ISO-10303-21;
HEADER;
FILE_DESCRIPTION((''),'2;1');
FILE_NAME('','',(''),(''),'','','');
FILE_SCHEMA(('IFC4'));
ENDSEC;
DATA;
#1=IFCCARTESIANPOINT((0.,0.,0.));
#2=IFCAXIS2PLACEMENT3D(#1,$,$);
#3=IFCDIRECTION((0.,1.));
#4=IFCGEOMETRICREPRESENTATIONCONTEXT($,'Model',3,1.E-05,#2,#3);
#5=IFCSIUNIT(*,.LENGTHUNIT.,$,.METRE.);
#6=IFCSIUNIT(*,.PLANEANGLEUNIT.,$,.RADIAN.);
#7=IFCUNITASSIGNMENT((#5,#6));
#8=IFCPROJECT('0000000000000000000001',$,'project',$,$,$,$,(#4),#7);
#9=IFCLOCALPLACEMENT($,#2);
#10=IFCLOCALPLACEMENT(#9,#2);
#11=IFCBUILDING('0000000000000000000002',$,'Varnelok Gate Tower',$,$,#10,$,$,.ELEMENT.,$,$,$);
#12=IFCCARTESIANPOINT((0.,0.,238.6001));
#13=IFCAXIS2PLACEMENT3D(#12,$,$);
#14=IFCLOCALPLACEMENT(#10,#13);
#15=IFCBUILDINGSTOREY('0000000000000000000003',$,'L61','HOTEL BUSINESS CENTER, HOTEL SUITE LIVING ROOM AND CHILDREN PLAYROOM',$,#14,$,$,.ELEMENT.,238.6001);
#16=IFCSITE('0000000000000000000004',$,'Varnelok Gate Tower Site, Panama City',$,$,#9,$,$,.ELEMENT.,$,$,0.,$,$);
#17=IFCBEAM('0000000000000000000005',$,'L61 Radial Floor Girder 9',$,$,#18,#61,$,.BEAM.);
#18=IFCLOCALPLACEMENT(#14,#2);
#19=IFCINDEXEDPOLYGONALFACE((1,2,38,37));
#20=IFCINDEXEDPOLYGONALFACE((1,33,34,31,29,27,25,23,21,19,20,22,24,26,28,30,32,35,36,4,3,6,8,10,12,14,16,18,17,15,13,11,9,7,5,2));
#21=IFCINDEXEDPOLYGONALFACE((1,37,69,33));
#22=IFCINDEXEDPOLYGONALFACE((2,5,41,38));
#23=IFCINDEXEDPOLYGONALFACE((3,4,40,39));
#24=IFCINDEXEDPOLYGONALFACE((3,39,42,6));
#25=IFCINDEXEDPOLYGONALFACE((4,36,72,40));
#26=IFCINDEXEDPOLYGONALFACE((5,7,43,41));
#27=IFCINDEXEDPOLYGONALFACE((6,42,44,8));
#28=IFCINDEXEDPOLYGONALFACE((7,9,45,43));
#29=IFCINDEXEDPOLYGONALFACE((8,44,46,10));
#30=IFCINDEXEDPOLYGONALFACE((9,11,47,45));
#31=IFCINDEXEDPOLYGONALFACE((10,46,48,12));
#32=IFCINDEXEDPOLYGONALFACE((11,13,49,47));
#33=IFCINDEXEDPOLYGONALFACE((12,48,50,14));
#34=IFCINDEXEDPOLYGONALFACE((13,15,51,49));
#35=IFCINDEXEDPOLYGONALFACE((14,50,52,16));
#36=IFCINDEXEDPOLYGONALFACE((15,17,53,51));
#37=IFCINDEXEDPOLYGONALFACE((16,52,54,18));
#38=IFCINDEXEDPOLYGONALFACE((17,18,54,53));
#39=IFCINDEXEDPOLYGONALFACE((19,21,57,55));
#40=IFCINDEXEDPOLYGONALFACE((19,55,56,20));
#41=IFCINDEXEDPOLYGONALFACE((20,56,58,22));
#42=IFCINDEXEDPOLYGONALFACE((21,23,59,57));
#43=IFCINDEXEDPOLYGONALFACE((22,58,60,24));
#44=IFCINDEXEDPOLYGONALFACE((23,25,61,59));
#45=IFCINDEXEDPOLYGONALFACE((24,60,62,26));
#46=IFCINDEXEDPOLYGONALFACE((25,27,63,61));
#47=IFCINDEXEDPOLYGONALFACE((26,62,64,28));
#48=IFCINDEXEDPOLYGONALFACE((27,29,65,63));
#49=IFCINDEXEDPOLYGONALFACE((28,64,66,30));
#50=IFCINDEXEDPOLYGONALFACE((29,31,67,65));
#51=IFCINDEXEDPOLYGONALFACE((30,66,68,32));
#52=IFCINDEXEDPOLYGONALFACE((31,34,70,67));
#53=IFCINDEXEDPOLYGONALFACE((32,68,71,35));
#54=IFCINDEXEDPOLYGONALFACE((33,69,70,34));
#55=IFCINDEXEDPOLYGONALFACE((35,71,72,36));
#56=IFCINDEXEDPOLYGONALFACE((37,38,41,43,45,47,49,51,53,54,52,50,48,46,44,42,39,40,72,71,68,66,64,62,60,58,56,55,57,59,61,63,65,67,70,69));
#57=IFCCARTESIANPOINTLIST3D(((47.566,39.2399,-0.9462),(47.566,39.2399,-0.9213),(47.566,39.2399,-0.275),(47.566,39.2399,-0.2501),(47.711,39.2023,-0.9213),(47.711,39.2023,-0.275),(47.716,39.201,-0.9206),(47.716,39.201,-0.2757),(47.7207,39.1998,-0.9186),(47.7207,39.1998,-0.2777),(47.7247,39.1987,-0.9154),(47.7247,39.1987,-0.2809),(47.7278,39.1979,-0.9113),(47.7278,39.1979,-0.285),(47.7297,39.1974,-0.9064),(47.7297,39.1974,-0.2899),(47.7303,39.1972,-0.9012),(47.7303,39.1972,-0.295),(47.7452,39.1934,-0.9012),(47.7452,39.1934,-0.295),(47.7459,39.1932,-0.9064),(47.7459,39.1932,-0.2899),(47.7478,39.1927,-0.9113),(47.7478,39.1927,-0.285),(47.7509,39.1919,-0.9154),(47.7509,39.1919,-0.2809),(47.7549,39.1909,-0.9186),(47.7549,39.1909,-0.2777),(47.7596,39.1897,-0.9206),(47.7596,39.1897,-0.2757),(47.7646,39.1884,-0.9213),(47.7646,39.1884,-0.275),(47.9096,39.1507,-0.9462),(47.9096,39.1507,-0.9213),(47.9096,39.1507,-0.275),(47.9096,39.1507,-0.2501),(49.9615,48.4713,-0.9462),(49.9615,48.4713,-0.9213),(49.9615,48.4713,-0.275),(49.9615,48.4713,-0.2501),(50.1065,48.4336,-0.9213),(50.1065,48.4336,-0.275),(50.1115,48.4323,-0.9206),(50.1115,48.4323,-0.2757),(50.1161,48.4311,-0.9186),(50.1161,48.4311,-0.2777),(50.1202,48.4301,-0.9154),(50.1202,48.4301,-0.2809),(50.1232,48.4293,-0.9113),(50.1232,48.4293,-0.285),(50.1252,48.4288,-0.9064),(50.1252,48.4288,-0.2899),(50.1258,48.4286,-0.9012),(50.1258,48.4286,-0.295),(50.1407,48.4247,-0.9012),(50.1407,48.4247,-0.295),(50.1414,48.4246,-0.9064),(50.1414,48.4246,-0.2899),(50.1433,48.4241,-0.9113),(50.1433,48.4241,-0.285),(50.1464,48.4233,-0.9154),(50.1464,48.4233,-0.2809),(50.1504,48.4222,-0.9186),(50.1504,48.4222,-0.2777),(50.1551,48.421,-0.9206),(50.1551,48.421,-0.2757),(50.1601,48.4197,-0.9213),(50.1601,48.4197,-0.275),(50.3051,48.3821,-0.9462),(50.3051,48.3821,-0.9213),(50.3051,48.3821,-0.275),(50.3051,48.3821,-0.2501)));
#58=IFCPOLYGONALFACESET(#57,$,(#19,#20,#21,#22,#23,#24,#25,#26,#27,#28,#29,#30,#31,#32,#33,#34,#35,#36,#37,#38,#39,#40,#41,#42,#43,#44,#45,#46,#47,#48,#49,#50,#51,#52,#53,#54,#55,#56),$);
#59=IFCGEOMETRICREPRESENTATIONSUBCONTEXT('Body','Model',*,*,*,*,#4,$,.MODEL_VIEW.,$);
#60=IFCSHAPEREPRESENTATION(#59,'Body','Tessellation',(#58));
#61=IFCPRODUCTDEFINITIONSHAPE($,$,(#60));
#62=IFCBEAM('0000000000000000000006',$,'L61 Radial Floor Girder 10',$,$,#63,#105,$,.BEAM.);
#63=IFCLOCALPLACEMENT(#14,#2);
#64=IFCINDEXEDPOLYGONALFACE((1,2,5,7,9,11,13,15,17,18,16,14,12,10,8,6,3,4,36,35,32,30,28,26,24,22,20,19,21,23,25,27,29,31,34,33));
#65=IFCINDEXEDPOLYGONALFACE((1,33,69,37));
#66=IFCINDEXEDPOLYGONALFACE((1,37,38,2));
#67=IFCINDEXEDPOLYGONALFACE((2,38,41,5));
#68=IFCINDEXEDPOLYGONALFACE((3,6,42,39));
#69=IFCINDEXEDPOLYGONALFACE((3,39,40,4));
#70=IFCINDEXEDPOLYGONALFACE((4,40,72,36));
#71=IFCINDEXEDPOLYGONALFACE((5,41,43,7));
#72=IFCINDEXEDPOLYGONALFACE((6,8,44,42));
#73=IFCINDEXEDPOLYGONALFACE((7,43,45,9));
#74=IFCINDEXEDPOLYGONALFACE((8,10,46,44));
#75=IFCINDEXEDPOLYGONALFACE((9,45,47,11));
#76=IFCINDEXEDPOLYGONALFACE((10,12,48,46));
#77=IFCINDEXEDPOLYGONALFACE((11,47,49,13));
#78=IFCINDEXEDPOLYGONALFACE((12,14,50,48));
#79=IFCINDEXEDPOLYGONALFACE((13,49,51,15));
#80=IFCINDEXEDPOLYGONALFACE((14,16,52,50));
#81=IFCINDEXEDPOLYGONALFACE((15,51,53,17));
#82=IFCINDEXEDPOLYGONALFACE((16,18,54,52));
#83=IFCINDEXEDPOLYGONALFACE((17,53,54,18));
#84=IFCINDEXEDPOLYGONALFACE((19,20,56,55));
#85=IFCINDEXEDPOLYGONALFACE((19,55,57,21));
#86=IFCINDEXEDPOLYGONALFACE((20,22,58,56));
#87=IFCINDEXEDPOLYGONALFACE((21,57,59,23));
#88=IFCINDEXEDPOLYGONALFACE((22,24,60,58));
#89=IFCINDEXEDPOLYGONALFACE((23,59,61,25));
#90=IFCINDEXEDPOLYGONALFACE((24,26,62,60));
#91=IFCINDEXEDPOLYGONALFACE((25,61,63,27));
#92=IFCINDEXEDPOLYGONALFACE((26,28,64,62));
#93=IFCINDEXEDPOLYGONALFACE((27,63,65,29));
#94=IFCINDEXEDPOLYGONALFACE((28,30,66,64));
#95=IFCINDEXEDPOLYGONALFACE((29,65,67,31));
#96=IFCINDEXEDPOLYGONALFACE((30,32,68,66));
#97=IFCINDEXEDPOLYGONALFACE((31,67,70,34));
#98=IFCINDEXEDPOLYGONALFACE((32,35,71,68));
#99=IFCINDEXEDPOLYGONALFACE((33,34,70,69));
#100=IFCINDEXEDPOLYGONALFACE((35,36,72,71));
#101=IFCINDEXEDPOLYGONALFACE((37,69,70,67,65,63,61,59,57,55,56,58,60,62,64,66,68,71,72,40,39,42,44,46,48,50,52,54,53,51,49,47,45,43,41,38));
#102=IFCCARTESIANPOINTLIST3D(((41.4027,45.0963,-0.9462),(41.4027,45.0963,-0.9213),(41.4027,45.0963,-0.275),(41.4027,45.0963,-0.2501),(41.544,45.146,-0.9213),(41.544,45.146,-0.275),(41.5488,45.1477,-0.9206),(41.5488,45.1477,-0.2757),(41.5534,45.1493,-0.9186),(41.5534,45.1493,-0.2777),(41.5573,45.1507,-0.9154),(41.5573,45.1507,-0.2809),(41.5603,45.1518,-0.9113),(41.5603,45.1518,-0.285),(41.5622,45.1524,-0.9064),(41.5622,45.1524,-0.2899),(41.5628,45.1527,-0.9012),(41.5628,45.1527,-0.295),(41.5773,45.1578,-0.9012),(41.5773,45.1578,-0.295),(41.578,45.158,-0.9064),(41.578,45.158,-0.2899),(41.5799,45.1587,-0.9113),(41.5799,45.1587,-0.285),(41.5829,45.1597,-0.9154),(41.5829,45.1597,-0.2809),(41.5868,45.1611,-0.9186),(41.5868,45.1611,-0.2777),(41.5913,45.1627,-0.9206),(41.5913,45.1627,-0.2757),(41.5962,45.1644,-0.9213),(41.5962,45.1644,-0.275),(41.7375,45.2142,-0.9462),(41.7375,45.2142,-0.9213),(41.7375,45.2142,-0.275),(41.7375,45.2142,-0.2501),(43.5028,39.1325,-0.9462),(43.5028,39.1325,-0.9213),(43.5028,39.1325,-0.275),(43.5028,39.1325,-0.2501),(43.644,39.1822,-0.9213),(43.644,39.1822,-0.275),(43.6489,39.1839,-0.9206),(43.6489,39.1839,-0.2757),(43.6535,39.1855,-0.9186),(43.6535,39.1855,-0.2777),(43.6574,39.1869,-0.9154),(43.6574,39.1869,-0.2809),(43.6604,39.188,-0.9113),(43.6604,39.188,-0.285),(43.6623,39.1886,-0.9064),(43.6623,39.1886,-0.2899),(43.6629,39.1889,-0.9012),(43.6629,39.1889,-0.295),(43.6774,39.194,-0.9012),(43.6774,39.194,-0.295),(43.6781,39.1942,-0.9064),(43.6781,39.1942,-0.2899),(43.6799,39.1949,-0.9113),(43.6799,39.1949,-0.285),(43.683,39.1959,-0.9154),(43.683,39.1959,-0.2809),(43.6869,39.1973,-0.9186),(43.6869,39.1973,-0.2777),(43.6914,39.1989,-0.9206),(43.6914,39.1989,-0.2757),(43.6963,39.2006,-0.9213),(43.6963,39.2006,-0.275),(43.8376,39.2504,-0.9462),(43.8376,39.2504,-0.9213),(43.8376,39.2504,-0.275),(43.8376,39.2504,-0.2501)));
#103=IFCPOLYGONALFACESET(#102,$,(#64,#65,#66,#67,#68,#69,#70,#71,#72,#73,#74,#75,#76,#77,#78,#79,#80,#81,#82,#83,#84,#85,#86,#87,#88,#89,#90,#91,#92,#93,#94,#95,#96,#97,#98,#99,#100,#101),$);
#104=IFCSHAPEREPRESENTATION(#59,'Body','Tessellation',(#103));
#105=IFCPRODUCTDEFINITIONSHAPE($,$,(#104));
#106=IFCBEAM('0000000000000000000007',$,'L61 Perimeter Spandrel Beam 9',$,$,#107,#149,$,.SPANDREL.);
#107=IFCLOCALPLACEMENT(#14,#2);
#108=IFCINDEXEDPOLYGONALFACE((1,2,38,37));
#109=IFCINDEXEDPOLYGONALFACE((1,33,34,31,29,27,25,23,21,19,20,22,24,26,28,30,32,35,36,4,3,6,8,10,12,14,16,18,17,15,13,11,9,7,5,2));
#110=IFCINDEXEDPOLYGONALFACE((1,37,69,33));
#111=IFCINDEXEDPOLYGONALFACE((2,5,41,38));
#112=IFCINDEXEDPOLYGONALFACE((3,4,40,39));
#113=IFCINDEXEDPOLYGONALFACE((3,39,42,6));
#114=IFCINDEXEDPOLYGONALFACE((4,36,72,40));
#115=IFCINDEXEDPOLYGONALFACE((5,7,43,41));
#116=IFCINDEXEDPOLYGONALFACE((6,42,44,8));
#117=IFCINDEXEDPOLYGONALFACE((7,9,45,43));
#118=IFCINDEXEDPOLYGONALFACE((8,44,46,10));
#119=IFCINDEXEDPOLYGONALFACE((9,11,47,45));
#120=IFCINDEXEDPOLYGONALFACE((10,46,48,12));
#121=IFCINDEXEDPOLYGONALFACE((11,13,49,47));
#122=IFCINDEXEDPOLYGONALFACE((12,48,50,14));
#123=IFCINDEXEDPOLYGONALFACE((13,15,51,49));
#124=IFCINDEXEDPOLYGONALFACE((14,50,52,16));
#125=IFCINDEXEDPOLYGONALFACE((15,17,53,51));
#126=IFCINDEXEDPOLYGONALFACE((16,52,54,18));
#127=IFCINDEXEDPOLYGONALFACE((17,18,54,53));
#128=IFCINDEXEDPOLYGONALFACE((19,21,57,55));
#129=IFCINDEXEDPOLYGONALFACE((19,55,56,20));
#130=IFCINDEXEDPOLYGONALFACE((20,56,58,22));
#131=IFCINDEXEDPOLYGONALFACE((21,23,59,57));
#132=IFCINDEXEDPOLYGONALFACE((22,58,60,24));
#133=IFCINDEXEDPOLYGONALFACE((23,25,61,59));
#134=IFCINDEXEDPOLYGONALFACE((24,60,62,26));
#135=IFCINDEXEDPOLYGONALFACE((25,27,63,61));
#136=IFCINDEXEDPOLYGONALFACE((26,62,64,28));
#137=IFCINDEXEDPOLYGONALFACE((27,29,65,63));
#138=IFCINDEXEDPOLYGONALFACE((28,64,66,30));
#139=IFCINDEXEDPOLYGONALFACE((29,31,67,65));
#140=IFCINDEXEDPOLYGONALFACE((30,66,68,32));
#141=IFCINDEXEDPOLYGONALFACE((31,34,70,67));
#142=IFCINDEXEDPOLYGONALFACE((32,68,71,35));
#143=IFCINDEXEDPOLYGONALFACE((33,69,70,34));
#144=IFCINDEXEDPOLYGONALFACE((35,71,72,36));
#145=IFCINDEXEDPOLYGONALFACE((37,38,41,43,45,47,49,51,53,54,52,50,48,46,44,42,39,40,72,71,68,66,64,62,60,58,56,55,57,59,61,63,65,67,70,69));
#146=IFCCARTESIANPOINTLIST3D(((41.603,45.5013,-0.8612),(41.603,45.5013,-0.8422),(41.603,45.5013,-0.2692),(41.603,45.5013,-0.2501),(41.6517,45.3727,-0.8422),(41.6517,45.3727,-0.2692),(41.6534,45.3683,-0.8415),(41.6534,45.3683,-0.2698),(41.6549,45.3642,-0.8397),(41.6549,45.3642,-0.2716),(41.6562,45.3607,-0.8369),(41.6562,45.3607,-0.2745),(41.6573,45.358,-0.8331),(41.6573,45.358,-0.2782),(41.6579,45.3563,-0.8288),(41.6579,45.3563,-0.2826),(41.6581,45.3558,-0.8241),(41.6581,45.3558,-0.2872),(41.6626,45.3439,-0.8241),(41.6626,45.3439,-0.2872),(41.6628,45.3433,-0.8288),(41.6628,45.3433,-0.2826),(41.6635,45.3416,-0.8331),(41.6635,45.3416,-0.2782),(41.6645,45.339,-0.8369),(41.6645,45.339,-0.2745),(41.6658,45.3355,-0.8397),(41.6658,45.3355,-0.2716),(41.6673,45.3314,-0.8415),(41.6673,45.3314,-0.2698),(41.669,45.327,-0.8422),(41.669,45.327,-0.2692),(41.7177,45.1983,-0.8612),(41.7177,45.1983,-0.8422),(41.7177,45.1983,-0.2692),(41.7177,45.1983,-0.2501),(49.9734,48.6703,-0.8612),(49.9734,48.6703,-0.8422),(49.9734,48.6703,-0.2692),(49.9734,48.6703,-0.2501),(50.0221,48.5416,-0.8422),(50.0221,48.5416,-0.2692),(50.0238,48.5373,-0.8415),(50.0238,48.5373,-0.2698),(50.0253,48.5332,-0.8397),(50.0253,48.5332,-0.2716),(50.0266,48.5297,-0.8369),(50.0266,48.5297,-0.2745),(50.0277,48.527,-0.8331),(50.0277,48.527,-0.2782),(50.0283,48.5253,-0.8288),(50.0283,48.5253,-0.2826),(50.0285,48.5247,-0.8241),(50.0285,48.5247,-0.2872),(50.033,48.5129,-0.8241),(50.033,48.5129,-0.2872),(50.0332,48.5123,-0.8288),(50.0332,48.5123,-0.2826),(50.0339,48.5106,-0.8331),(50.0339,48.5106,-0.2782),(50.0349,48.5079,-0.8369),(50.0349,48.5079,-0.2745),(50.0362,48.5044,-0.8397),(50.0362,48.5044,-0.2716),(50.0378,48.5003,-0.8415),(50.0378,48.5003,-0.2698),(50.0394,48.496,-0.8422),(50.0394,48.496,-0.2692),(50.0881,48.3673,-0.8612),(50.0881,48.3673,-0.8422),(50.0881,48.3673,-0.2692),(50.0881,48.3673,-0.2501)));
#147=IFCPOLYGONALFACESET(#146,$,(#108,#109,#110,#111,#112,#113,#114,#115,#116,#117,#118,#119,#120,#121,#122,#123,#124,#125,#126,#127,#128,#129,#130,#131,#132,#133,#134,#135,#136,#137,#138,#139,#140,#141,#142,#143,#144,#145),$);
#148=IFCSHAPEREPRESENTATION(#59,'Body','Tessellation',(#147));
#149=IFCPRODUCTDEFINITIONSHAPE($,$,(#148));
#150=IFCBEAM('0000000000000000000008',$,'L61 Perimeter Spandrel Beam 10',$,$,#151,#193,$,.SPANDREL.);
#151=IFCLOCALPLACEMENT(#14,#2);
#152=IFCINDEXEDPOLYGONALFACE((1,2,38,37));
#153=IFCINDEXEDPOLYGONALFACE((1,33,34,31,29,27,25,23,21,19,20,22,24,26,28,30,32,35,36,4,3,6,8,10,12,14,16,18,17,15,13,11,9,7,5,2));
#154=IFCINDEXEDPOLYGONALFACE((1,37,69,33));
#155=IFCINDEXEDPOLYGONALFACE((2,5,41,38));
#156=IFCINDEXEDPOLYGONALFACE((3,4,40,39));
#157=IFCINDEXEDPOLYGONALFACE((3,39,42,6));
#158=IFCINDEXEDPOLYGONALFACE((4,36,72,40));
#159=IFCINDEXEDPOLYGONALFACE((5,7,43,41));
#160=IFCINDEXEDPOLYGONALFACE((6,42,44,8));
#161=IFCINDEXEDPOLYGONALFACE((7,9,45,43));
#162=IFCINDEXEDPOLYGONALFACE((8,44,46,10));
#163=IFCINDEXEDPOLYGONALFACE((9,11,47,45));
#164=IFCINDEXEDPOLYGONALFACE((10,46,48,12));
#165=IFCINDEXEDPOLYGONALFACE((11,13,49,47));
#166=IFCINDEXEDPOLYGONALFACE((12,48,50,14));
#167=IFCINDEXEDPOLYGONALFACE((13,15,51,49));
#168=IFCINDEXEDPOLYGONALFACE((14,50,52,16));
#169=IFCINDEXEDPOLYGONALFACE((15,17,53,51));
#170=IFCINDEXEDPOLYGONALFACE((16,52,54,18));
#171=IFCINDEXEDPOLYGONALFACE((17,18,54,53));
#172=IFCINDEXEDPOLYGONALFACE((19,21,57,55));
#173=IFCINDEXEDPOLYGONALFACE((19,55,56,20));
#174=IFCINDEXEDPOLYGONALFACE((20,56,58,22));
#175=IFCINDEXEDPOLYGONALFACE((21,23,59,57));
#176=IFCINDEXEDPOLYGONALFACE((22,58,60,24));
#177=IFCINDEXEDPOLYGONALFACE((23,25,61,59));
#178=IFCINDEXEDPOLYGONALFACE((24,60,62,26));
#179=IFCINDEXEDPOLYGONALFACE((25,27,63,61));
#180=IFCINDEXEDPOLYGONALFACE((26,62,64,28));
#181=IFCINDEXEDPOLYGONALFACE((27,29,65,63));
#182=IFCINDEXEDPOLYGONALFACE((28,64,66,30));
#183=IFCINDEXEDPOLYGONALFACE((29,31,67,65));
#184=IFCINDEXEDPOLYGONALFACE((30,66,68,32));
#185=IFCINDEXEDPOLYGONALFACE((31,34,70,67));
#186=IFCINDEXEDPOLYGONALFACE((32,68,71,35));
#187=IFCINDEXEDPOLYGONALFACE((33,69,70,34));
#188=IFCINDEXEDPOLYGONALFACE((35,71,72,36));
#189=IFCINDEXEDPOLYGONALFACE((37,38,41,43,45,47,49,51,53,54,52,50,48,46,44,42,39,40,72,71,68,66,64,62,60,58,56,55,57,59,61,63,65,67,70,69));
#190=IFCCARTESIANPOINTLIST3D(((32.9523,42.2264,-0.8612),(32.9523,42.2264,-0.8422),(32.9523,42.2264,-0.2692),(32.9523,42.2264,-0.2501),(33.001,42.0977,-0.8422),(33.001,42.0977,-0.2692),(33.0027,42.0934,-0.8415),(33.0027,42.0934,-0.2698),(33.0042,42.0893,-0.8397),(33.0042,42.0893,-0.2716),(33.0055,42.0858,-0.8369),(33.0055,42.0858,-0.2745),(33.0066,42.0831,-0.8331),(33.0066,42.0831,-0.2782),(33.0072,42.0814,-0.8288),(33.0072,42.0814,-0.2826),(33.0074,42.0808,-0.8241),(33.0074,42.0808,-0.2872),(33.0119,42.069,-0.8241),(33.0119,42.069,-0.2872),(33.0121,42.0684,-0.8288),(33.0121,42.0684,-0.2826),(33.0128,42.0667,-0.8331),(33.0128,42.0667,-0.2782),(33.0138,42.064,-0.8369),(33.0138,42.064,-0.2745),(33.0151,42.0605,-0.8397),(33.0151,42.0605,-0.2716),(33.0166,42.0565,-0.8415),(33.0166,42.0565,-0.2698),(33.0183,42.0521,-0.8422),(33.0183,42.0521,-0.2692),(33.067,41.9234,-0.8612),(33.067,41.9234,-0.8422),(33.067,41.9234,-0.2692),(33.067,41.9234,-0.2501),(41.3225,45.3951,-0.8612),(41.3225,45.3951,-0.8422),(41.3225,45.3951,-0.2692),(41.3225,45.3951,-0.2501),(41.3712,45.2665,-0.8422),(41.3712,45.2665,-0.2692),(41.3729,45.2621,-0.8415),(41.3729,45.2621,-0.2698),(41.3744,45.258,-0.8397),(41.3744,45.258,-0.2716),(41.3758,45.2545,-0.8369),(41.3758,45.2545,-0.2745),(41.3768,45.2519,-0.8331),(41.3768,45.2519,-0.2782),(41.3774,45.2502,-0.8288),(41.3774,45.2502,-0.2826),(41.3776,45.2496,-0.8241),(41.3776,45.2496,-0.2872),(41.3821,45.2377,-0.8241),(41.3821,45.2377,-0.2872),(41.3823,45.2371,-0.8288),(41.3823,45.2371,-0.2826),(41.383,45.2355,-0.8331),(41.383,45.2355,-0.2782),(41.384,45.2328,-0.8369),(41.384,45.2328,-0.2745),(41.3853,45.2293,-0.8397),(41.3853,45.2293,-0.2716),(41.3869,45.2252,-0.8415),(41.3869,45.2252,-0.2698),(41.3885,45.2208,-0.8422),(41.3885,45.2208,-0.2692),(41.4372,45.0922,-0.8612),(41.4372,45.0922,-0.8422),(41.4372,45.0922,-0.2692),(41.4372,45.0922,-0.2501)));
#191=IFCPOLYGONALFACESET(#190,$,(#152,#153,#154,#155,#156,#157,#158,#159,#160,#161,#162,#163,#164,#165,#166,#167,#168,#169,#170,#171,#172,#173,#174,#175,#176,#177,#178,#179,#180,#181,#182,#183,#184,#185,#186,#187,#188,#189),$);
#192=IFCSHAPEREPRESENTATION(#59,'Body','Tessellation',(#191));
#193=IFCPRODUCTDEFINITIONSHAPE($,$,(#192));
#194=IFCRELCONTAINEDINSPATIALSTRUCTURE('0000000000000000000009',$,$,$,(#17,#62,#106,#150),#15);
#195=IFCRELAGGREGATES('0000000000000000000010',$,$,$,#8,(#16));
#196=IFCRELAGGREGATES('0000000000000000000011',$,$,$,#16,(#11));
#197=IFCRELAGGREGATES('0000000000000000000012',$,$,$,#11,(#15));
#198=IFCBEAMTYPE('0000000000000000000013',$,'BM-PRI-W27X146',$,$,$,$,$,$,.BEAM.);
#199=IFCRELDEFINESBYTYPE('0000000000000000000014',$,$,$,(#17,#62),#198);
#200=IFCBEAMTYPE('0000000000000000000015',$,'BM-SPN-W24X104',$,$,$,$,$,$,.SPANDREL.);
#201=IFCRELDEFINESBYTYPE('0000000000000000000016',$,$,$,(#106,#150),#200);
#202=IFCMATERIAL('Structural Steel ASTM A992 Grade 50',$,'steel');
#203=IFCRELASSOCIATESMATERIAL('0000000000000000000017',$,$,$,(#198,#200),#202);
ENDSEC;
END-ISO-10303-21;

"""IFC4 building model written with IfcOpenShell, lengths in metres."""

from ifc_helpers import new_model, si_unit, direction, frame, origin, origin_2d, place, context, subcontext, project, spatial, i_section, extrude, material, material_profile, profile_set, type_object, element, save


model = new_model("IFC4")

# Units and contexts
model_context = context("Model", 3, precision=1e-05, world=origin(), true_north=direction((0.0, 1.0)))
body_context = subcontext(model_context, "Body", "Model", "MODEL_VIEW")
ifc_project = project(units=[si_unit("LENGTHUNIT", "METRE"), si_unit("PLANEANGLEUNIT", "RADIAN")], contexts=[model_context])

# Site, building, storey
site_placement = place(None, origin())
site = spatial("IfcSite", under=ifc_project, at=site_placement, Name="Varnelok Gate Tower Site, Panama City", CompositionType="ELEMENT", RefElevation=0.0)
building_placement = place(site_placement, origin())
building = spatial("IfcBuilding", under=site, at=building_placement, Name="Varnelok Gate Tower", CompositionType="ELEMENT")
storey_placement = place(building_placement, frame((0.0, 0.0, 238.6001)))
storey = spatial("IfcBuildingStorey", under=building, at=storey_placement, Name="L61", Description="HOTEL BUSINESS CENTER, HOTEL SUITE LIVING ROOM AND CHILDREN PLAYROOM", CompositionType="ELEMENT", Elevation=238.6001)

# Shared definitions
ifc_material_1 = material(Name="Structural Steel ASTM A992 Grade 50", Category="steel")

# Beams
ifc_material_profile_1 = material_profile(ifc_material_1, i_section(OverallWidth=0.355, OverallDepth=0.696, WebThickness=0.0154, FlangeThickness=0.0249, FilletRadius=0.02, at=origin_2d()), Name="W27X146")
ifc_profile_set_1 = profile_set([ifc_material_profile_1], Name="Structural Steel ASTM A992 Grade 50")
beam_type_1 = type_object("IfcBeamType", Name="BM-PRI-W27X146", PredefinedType="BEAM", material=ifc_profile_set_1)
beam_1_placement = place(storey_placement, frame((47.7378, 39.1953, -0.5981), z_axis=(0.251175, 0.967942, 0.0), x_axis=(-0.967942, 0.251175, 0.0)))
element("IfcBeam", 1, at=beam_1_placement, inside=storey, type_object=beam_type_1, Name="L61 Radial Floor Girder 9", PredefinedType="BEAM", context=body_context, shape_type="SweptSolid", body=[
    extrude(i_section(OverallWidth=0.355, OverallDepth=0.696, WebThickness=0.0154, FlangeThickness=0.0249, FilletRadius=0.02, at=origin_2d()), origin(), (0.0, 0.0, 1.0), 9.5371),
])
beam_2_placement = place(storey_placement, frame((43.6702, 39.1914, -0.5981), z_axis=(-0.332145, 0.943228, 0.0), x_axis=(-0.943228, -0.332145, 0.0)))
element("IfcBeam", 2, at=beam_2_placement, inside=storey, type_object=beam_type_1, Name="L61 Radial Floor Girder 10", PredefinedType="BEAM", context=body_context, shape_type="SweptSolid", body=[
    extrude(i_section(OverallWidth=0.355, OverallDepth=0.696, WebThickness=0.0154, FlangeThickness=0.0249, FilletRadius=0.02, at=origin_2d()), origin(), (0.0, 0.0, 1.0), 6.3228),
])
ifc_material_profile_2 = material_profile(ifc_material_1, i_section(OverallWidth=0.324, OverallDepth=0.6111, WebThickness=0.0127, FlangeThickness=0.019, FilletRadius=0.0181, at=origin_2d()), Name="W24X104")
ifc_profile_set_2 = profile_set([ifc_material_profile_2], Name="Structural Steel ASTM A992 Grade 50")
beam_type_2 = type_object("IfcBeamType", Name="BM-SPN-W24X104", PredefinedType="SPANDREL", material=ifc_profile_set_2)
beam_3_placement = place(storey_placement, frame((50.0308, 48.5188, -0.5557), z_axis=(-0.93522, -0.354066, 0.0), x_axis=(0.354066, -0.93522, 0.0)))
element("IfcBeam", 3, at=beam_3_placement, inside=storey, type_object=beam_type_2, Name="L61 Perimeter Spandrel Beam 9", PredefinedType="SPANDREL", context=body_context, shape_type="SweptSolid", body=[
    extrude(i_section(OverallWidth=0.324, OverallDepth=0.6111, WebThickness=0.0127, FlangeThickness=0.019, FilletRadius=0.0181, at=origin_2d()), origin(), (0.0, 0.0, 1.0), 8.9502),
])
beam_4_placement = place(storey_placement, frame((41.3799, 45.2437, -0.5557), z_axis=(-0.935226, -0.354051, 0.0), x_axis=(0.354051, -0.935226, 0.0)))
element("IfcBeam", 4, at=beam_4_placement, inside=storey, type_object=beam_type_2, Name="L61 Perimeter Spandrel Beam 10", PredefinedType="SPANDREL", context=body_context, shape_type="SweptSolid", body=[
    extrude(i_section(OverallWidth=0.324, OverallDepth=0.6111, WebThickness=0.0127, FlangeThickness=0.019, FilletRadius=0.0181, at=origin_2d()), origin(), (0.0, 0.0, 1.0), 8.95),
])

save(model, "model.ifc")
